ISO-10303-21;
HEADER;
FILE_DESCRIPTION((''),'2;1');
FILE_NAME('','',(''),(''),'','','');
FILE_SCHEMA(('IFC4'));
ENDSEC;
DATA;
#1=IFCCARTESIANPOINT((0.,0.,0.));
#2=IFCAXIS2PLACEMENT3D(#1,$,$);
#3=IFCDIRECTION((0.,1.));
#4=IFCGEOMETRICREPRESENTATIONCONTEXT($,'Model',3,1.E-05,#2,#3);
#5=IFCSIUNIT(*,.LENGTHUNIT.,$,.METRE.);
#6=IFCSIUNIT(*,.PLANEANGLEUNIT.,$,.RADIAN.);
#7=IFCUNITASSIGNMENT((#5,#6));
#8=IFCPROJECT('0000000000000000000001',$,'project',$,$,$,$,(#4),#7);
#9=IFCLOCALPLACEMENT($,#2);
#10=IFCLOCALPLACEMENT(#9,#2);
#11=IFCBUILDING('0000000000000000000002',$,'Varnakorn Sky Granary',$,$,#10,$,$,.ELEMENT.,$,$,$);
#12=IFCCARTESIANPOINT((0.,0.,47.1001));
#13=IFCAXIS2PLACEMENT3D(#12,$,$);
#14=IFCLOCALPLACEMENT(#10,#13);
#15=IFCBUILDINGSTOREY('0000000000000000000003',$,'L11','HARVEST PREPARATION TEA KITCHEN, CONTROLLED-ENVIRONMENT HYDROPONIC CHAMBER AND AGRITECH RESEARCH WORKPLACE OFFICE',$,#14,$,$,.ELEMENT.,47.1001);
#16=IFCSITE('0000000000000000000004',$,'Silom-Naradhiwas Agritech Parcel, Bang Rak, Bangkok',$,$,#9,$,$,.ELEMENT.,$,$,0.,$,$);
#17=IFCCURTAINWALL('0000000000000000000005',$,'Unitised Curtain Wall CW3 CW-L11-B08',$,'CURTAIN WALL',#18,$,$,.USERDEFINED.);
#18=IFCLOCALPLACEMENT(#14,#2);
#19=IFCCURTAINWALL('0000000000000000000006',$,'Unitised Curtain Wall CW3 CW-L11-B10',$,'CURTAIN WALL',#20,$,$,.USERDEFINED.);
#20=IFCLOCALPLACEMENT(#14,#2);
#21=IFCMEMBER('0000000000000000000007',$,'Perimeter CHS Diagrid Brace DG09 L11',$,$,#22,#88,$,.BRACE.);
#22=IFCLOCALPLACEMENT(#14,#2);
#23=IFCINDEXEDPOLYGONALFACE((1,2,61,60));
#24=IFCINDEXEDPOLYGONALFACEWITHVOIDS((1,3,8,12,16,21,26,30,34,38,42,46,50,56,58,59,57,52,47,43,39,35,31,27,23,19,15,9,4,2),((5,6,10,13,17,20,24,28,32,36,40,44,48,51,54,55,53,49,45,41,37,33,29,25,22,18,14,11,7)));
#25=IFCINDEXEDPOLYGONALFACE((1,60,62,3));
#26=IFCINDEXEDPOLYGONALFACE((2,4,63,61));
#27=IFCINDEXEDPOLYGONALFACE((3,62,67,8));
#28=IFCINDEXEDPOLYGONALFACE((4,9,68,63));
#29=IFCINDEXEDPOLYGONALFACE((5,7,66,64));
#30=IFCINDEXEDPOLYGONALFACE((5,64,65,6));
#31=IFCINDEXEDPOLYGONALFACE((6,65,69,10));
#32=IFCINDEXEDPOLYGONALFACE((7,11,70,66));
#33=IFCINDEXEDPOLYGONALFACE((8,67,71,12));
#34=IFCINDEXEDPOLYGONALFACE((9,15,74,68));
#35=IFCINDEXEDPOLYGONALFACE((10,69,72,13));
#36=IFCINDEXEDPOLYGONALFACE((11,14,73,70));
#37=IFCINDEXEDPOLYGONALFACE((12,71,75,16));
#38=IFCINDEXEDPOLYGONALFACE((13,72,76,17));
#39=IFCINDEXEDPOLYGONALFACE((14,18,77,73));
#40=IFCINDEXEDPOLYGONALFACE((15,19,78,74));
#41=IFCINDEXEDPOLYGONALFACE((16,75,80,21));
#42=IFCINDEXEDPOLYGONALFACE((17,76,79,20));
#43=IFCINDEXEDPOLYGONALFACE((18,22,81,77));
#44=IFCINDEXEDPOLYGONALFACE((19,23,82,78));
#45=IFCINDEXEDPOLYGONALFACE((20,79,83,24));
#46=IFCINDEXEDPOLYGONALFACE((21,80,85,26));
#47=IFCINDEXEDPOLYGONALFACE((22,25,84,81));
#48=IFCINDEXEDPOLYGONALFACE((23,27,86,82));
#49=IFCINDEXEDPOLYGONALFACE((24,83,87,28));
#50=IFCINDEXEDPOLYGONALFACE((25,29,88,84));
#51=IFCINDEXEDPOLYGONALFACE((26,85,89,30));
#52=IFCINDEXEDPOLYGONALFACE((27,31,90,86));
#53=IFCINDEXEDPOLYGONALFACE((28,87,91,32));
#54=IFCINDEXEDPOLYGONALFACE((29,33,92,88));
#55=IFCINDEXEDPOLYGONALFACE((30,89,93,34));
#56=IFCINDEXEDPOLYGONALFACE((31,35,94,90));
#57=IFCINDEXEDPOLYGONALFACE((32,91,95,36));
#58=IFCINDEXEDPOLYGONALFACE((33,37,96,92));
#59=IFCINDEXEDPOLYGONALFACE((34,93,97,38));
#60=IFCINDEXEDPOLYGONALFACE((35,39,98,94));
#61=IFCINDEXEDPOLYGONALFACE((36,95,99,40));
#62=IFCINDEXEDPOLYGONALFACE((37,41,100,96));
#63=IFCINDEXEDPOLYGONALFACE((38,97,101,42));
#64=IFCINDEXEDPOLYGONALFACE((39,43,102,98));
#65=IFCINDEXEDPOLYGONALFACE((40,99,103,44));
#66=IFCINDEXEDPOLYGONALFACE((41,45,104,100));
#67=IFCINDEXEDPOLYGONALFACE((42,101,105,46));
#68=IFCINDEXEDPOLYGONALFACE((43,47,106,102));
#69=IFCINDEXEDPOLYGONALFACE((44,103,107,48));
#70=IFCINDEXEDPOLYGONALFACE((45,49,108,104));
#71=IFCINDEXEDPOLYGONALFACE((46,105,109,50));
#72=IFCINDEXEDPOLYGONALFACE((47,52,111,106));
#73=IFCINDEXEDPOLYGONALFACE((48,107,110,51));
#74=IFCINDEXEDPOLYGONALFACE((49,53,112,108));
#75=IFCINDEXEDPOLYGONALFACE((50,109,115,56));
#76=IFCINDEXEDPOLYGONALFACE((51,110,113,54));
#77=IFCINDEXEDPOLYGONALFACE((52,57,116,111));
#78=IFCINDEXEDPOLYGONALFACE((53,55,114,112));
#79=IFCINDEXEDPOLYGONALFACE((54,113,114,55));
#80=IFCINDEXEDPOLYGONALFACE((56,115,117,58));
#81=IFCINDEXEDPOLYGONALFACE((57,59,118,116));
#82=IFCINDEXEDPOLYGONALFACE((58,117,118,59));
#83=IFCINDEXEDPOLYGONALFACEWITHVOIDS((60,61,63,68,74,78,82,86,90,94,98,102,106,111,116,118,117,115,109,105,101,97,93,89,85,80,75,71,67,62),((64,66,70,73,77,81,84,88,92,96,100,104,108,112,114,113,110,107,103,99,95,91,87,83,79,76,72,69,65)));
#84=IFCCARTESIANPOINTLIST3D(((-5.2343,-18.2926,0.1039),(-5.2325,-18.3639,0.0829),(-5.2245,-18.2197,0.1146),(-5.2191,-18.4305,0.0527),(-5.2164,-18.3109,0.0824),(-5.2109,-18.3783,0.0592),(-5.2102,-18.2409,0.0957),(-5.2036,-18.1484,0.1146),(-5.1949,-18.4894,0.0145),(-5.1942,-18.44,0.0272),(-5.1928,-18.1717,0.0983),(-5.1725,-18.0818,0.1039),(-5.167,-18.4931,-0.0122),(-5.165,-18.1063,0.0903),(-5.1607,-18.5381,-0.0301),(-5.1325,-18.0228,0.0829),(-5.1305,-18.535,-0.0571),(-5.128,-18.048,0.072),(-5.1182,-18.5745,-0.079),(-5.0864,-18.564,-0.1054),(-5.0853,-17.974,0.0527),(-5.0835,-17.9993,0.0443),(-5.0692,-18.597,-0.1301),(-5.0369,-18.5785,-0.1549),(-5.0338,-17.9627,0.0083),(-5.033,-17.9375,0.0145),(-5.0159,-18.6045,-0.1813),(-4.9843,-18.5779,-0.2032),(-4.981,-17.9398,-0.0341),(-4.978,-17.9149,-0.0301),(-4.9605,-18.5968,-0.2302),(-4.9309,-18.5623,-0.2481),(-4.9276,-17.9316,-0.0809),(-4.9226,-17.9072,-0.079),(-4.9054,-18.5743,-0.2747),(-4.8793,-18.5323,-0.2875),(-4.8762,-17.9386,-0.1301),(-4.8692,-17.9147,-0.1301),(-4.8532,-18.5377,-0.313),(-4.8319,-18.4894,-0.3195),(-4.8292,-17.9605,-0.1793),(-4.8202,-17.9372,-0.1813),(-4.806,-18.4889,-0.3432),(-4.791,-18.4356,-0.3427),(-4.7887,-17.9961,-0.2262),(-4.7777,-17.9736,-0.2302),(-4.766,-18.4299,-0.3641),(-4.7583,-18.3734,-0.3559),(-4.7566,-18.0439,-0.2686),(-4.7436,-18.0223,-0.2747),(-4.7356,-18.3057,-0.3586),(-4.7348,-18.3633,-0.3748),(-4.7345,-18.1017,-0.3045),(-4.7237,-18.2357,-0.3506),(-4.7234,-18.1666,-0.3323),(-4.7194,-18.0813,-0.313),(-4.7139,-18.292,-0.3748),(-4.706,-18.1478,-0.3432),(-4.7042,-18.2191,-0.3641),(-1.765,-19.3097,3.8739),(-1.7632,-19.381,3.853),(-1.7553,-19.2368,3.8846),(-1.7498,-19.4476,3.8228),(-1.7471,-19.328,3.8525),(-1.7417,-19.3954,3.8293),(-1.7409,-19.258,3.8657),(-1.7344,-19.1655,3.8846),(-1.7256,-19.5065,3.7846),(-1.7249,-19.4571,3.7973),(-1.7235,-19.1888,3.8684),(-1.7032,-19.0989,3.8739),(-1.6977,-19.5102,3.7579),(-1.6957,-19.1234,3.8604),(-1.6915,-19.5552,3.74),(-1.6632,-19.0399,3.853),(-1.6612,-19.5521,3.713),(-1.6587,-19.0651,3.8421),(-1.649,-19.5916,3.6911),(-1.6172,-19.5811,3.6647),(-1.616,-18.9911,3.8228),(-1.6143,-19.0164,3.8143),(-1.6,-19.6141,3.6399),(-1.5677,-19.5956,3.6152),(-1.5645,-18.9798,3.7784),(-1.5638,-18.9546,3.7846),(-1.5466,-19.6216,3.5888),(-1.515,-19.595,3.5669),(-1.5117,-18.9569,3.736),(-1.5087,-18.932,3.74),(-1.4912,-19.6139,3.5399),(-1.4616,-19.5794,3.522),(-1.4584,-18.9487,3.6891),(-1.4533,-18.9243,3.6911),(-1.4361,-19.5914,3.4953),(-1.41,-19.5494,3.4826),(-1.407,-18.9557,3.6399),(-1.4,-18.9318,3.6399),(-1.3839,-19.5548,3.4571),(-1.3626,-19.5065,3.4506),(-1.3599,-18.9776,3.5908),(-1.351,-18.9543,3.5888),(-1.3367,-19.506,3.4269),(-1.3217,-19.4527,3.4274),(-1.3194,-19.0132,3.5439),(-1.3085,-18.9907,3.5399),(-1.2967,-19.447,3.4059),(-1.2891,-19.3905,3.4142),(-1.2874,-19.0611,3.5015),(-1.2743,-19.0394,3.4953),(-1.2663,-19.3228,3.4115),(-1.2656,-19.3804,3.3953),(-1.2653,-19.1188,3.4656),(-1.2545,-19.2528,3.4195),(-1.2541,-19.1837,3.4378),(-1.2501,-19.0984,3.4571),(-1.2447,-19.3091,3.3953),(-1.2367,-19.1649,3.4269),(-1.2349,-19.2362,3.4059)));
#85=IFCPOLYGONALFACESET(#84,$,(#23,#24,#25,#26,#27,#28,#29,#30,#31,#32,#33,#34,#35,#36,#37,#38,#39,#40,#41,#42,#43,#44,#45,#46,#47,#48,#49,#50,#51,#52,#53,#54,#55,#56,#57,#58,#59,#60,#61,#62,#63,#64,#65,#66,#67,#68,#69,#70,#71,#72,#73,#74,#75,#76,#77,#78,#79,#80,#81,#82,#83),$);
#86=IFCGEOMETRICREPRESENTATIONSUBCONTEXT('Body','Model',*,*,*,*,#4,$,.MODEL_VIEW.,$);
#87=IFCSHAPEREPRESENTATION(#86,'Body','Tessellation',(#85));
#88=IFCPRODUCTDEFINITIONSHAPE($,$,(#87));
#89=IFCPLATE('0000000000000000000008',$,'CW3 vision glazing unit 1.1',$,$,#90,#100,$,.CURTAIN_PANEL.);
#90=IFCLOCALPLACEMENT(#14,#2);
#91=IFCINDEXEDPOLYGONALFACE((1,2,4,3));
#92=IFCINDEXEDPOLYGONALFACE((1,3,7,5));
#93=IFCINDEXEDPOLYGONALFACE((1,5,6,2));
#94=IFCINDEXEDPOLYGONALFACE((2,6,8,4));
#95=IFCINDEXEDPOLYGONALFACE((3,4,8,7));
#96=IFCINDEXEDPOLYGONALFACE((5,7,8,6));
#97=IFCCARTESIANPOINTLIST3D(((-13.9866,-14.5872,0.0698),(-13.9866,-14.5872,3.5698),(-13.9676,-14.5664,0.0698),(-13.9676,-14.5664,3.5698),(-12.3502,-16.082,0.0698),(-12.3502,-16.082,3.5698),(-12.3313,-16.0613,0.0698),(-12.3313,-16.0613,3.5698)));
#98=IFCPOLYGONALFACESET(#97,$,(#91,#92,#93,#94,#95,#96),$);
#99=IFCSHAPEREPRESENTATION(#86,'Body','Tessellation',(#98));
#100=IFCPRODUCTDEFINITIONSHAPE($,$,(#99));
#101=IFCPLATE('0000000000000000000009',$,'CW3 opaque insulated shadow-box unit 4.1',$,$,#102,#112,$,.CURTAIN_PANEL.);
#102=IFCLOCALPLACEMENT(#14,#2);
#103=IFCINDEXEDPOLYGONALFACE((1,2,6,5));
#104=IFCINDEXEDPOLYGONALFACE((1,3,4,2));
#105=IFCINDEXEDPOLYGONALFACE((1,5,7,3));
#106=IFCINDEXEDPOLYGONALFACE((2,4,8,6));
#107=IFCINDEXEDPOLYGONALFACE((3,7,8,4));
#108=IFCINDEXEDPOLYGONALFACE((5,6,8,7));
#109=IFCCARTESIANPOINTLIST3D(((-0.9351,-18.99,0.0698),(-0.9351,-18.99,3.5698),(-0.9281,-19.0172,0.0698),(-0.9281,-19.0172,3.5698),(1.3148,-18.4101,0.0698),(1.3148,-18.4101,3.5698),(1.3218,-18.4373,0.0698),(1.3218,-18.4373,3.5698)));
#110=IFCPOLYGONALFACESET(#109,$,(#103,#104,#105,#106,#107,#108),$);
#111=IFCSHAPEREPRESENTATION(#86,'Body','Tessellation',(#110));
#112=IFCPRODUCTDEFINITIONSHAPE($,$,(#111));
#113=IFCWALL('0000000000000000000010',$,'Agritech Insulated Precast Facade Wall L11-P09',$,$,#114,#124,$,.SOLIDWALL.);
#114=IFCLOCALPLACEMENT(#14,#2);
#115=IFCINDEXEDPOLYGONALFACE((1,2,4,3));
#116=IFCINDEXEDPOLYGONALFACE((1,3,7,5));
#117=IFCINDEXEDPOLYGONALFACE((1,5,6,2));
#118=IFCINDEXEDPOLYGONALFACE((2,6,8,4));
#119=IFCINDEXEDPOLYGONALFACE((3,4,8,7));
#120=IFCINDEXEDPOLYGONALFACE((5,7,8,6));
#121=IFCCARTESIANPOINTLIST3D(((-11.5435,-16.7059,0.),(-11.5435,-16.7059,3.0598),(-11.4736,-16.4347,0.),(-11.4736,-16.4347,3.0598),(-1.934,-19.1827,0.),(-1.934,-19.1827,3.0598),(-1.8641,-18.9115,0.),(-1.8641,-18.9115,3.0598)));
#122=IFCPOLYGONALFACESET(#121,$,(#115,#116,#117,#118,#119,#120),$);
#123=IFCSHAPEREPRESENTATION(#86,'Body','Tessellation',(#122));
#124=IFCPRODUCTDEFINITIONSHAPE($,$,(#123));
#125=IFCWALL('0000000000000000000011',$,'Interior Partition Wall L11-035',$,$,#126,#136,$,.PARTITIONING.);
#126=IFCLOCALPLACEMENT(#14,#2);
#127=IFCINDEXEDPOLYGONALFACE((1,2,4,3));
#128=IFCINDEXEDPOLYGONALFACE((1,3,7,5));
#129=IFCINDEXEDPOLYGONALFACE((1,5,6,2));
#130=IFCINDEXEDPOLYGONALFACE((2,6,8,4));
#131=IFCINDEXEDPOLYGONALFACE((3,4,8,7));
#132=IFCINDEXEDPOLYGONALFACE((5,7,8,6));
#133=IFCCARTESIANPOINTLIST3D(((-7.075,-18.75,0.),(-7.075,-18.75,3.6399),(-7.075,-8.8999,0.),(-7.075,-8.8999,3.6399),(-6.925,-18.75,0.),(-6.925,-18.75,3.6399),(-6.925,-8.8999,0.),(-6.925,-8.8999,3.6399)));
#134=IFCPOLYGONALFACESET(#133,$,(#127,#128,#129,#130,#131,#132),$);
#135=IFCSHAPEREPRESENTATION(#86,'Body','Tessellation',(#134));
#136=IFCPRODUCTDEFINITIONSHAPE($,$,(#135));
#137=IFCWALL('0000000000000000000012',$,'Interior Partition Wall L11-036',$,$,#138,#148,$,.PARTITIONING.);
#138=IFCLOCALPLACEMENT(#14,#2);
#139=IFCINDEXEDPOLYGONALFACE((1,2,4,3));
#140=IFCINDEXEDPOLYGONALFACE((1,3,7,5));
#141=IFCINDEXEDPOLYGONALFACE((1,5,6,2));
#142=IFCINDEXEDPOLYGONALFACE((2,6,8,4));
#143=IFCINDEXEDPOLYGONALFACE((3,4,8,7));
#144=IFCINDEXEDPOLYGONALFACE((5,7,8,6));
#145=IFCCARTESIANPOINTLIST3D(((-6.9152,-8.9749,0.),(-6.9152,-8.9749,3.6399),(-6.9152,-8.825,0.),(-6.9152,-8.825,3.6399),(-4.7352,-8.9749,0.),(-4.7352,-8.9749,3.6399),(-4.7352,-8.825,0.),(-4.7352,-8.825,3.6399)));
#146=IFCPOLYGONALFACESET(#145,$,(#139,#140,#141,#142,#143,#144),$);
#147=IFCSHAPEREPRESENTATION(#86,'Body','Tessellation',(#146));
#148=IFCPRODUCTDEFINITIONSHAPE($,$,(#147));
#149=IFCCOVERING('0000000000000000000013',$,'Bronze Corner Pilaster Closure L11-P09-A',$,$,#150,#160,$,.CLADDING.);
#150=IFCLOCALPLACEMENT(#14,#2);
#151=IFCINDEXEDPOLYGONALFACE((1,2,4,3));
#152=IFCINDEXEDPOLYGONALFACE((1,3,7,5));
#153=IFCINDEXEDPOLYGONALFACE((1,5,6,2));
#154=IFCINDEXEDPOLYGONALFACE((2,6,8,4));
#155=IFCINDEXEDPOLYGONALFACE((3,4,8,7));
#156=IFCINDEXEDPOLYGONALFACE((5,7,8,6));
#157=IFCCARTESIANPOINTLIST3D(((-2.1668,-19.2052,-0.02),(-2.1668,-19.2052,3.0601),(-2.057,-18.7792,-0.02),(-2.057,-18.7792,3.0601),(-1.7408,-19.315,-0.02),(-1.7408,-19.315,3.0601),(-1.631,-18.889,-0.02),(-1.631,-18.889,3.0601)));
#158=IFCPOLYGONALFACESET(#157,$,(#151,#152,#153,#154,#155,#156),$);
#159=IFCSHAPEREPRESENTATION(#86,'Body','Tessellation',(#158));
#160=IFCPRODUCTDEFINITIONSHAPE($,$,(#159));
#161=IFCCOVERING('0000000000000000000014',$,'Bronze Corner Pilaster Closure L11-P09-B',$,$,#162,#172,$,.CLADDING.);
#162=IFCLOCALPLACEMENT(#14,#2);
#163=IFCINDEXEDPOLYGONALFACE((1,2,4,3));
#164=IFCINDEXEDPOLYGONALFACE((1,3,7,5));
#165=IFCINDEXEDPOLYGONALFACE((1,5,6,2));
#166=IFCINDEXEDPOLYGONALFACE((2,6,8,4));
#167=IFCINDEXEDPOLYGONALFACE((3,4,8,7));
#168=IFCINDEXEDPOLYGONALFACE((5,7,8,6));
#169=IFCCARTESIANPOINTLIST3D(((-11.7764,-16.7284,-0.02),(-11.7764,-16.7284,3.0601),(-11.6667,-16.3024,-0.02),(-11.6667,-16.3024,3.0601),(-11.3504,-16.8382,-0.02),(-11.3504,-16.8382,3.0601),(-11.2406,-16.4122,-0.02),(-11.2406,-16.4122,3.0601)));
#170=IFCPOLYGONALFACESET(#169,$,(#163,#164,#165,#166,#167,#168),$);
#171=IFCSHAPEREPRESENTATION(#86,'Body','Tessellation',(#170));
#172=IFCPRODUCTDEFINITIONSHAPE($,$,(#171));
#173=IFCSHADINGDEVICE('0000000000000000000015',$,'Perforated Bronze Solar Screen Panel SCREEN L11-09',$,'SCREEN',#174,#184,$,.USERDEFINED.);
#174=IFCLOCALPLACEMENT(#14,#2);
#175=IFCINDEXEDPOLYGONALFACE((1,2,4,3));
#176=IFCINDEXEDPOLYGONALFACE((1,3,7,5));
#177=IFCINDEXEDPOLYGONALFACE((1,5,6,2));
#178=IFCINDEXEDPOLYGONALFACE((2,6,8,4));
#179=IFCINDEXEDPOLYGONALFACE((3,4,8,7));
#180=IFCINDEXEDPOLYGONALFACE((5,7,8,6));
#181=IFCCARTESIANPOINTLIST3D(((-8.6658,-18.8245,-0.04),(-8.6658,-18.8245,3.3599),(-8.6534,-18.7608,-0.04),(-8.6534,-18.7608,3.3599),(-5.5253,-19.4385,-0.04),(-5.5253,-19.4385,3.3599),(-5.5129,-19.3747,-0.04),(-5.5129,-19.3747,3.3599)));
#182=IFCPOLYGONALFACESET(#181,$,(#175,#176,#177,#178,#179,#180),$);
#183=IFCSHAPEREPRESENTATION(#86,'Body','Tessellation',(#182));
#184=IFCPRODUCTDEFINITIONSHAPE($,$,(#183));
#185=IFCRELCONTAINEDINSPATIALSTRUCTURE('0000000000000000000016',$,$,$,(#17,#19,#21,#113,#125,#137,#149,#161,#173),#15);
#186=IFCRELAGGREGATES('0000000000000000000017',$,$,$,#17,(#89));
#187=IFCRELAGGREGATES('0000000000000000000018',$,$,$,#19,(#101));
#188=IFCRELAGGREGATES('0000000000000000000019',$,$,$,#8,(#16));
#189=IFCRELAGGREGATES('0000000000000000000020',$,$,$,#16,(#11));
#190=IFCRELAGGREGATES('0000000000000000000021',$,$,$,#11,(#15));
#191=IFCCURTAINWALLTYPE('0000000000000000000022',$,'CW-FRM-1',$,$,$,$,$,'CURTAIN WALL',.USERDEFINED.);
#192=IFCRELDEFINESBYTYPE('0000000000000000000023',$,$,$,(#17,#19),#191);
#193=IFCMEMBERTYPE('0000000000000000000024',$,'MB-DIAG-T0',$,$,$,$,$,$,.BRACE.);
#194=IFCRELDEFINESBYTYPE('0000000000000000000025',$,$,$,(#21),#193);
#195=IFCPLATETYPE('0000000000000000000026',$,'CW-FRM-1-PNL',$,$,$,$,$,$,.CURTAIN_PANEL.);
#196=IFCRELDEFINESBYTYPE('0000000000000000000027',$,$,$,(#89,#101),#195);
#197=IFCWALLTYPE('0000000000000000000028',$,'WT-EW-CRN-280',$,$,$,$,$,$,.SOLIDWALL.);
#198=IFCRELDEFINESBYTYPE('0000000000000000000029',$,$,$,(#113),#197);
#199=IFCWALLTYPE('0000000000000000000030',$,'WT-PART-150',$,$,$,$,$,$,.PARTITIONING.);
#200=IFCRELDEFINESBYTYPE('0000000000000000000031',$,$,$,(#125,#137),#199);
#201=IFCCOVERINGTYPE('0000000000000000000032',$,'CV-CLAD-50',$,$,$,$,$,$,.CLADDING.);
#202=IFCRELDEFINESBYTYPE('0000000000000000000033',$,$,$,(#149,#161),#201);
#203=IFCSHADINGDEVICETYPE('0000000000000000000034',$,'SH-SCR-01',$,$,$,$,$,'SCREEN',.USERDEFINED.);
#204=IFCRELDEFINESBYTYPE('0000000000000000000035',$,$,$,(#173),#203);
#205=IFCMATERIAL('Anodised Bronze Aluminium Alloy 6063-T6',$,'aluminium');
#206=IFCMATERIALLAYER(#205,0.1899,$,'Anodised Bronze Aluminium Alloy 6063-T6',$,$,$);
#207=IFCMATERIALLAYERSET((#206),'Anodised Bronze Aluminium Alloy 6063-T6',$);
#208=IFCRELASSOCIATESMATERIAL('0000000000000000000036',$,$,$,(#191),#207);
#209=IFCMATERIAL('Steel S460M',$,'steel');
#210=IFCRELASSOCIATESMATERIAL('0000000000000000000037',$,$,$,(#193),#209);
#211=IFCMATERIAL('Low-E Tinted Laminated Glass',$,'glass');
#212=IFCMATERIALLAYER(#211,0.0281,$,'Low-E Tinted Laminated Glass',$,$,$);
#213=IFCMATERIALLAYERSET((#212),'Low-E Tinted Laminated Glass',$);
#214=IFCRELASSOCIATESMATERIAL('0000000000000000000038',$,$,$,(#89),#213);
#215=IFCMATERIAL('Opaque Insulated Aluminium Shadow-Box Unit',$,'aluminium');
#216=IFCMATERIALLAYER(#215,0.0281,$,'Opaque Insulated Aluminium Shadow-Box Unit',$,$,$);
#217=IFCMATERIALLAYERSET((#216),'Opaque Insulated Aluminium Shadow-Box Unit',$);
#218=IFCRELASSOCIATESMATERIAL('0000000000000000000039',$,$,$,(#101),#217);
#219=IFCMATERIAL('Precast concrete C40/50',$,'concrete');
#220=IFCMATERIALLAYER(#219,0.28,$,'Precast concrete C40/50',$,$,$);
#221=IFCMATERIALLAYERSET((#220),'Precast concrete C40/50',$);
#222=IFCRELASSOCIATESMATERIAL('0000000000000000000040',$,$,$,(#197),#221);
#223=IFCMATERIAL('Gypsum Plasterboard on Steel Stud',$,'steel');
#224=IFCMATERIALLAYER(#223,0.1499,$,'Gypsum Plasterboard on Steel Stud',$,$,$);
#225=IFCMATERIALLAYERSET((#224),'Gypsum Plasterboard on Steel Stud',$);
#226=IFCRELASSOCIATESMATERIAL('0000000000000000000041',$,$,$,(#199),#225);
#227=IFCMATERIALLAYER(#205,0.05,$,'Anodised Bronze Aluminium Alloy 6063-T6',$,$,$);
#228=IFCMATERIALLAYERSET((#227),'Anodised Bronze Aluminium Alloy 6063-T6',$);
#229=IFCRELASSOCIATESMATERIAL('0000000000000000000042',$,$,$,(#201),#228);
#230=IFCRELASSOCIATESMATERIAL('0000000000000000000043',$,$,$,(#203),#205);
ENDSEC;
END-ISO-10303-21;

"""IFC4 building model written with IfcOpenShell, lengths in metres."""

from ifc_helpers import new_model, si_unit, direction, frame, frame_2d, origin, origin_2d, place, context, subcontext, project, spatial, rectangle, hollow_circle, extrude, source, transform, mapped, material, layer, layer_set, material_profile, profile_set, type_object, type_shapes, element, aggregate, save


model = new_model("IFC4")

# Units and contexts
model_context = context("Model", 3, precision=1e-05, world=origin(), true_north=direction((0.0, 1.0)))
body_context = subcontext(model_context, "Body", "Model", "MODEL_VIEW")
ifc_project = project(units=[si_unit("LENGTHUNIT", "METRE"), si_unit("PLANEANGLEUNIT", "RADIAN")], contexts=[model_context])

# Site, building, storey
site_placement = place(None, origin())
site = spatial("IfcSite", under=ifc_project, at=site_placement, Name="Silom-Naradhiwas Agritech Parcel, Bang Rak, Bangkok", CompositionType="ELEMENT", RefElevation=0.0)
building_placement = place(site_placement, origin())
building = spatial("IfcBuilding", under=site, at=building_placement, Name="Varnakorn Sky Granary", CompositionType="ELEMENT")
storey_placement = place(building_placement, frame((0.0, 0.0, 47.1001)))
storey = spatial("IfcBuildingStorey", under=building, at=storey_placement, Name="L11", Description="HARVEST PREPARATION TEA KITCHEN, CONTROLLED-ENVIRONMENT HYDROPONIC CHAMBER AND AGRITECH RESEARCH WORKPLACE OFFICE", CompositionType="ELEMENT", Elevation=47.1001)

# Shared definitions
ifc_material_1 = material(Name="Steel S460M", Category="steel")

# Curtain walls
ifc_material_2 = material(Name="Anodised Bronze Aluminium Alloy 6063-T6", Category="aluminium")
ifc_layer_1 = layer(ifc_material_2, 0.1899, Name="Anodised Bronze Aluminium Alloy 6063-T6")
ifc_layer_set_1 = layer_set([ifc_layer_1], Name="Anodised Bronze Aluminium Alloy 6063-T6")
curtain_wall_type = type_object("IfcCurtainWallType", Name="CW-FRM-1", ElementType="CURTAIN WALL", PredefinedType="USERDEFINED", material=ifc_layer_set_1)
curtain_wall_1_placement = place(storey_placement, origin())
curtain_wall_1 = element("IfcCurtainWall", 1, at=curtain_wall_1_placement, inside=storey, type_object=curtain_wall_type, Name="Unitised Curtain Wall CW3 CW-L11-B08", ObjectType="CURTAIN WALL", PredefinedType="USERDEFINED")
curtain_wall_2_placement = place(storey_placement, origin())
curtain_wall_2 = element("IfcCurtainWall", 2, at=curtain_wall_2_placement, inside=storey, type_object=curtain_wall_type, Name="Unitised Curtain Wall CW3 CW-L11-B10", ObjectType="CURTAIN WALL", PredefinedType="USERDEFINED")

# Member
ifc_material_profile_1 = material_profile(ifc_material_1, hollow_circle(Radius=0.3555, WallThickness=0.0249, at=origin_2d()), Name="CHS 711x25")
ifc_profile_set_1 = profile_set([ifc_material_profile_1], Name="Steel S460M")
member_type_1 = type_object("IfcMemberType", Name="MB-DIAG-T0", PredefinedType="BRACE", material=ifc_profile_set_1)
member_1_placement = place(storey_placement, frame((-4.9692, -18.2559, -0.1301), z_axis=(0.664182, -0.194721, 0.721766), x_axis=(0.281333, 0.95961, 0.0)))
element("IfcMember", 3, at=member_1_placement, inside=storey, type_object=member_type_1, Name="Perimeter CHS Diagrid Brace DG09 L11", PredefinedType="BRACE", context=body_context, shape_type="SweptSolid", body=[
    extrude(hollow_circle(Radius=0.3555, WallThickness=0.0249, at=origin_2d()), origin(), (0.0, 0.0, 1.0), 5.2234),
])

# Plates
ifc_material_3 = material(Name="Low-E Tinted Laminated Glass", Category="glass")
ifc_layer_2 = layer(ifc_material_3, 0.0281, Name="Low-E Tinted Laminated Glass")
ifc_layer_set_2 = layer_set([ifc_layer_2], Name="Low-E Tinted Laminated Glass")
plate_type = type_object("IfcPlateType", Name="CW-FRM-1-PNL", PredefinedType="CURTAIN_PANEL")
shared_shape_1 = source(origin(), body_context, "Body", "SweptSolid", [
    extrude(rectangle(XDim=2.2163, YDim=0.0281, at=origin_2d()), origin(), (0.0, 0.0, 1.0), 3.5),
])
plate_1_placement = place(storey_placement, frame((-13.1589, -15.3242, 0.0698), z_axis=(0.0, 0.0, 1.0), x_axis=(-0.738307, 0.674464, 0.0)))
plate_1 = element("IfcPlate", 4, at=plate_1_placement, type_object=plate_type, material=ifc_layer_set_2, Name="CW3 vision glazing unit 1.1", PredefinedType="CURTAIN_PANEL", context=body_context, shape_type="MappedRepresentation", body=[
    mapped(shared_shape_1, transform((0.0, 0.0, 0.0), x_axis=(1.0, 0.0, 0.0), y_axis=(0.0, 1.0, 0.0), z_axis=(0.0, 0.0, 1.0), scale=1.0)),
])
aggregate(curtain_wall_1, [plate_1])
ifc_material_4 = material(Name="Opaque Insulated Aluminium Shadow-Box Unit", Category="aluminium")
ifc_layer_3 = layer(ifc_material_4, 0.0281, Name="Opaque Insulated Aluminium Shadow-Box Unit")
ifc_layer_set_3 = layer_set([ifc_layer_3], Name="Opaque Insulated Aluminium Shadow-Box Unit")
shared_shape_2 = source(origin(), body_context, "Body", "SweptSolid", [
    extrude(rectangle(XDim=2.3235, YDim=0.0281, at=origin_2d()), origin(), (0.0, 0.0, 1.0), 3.5),
])
type_shapes(plate_type, [shared_shape_1, shared_shape_2])
plate_2_placement = place(storey_placement, frame((0.1934, -18.7136, 0.0698), z_axis=(0.0, 0.0, 1.0), x_axis=(-0.96835, -0.249595, 0.0)))
plate_2 = element("IfcPlate", 5, at=plate_2_placement, type_object=plate_type, material=ifc_layer_set_3, Name="CW3 opaque insulated shadow-box unit 4.1", PredefinedType="CURTAIN_PANEL", context=body_context, shape_type="MappedRepresentation", body=[
    mapped(shared_shape_2, transform((0.0, 0.0, 0.0), x_axis=(1.0, 0.0, 0.0), y_axis=(0.0, 1.0, 0.0), z_axis=(0.0, 0.0, 1.0), scale=1.0)),
])
aggregate(curtain_wall_2, [plate_2])

# Walls
ifc_material_5 = material(Name="Precast concrete C40/50", Category="concrete")
ifc_layer_4 = layer(ifc_material_5, 0.28, Name="Precast concrete C40/50")
ifc_layer_set_4 = layer_set([ifc_layer_4], Name="Precast concrete C40/50")
wall_type_1 = type_object("IfcWallType", Name="WT-EW-CRN-280", PredefinedType="SOLIDWALL", material=ifc_layer_set_4)
wall_1_placement = place(storey_placement, frame((-1.8989, -19.0471, 0.0), z_axis=(0.0, 0.0, 1.0), x_axis=(-0.968353, 0.249586, 0.0)))
element("IfcWall", 6, at=wall_1_placement, inside=storey, type_object=wall_type_1, Name="Agritech Insulated Precast Facade Wall L11-P09", PredefinedType="SOLIDWALL", context=body_context, shape_type="SweptSolid", body=[
    extrude(rectangle(XDim=9.9236, YDim=0.28, at=frame_2d((4.9619, 0.0))), origin(), (0.0, 0.0, 1.0), 3.0598),
])
ifc_material_6 = material(Name="Gypsum Plasterboard on Steel Stud", Category="steel")
ifc_layer_5 = layer(ifc_material_6, 0.1499, Name="Gypsum Plasterboard on Steel Stud")
ifc_layer_set_5 = layer_set([ifc_layer_5], Name="Gypsum Plasterboard on Steel Stud")
wall_type_2 = type_object("IfcWallType", Name="WT-PART-150", PredefinedType="PARTITIONING", material=ifc_layer_set_5)
wall_2_placement = place(storey_placement, frame((-7.0, -18.75, 0.0), z_axis=(0.0, 0.0, 1.0), x_axis=(0.0, 1.0, 0.0)))
element("IfcWall", 7, at=wall_2_placement, inside=storey, type_object=wall_type_2, Name="Interior Partition Wall L11-035", PredefinedType="PARTITIONING", context=body_context, shape_type="SweptSolid", body=[
    extrude(rectangle(XDim=9.8501, YDim=0.1499, at=frame_2d((4.925, 0.0))), origin(), (0.0, 0.0, 1.0), 3.6399),
])
wall_3_placement = place(storey_placement, frame((-6.915, -8.8999, 0.0), z_axis=(0.0, 0.0, 1.0), x_axis=(1.0, 0.0, 0.0)))
element("IfcWall", 8, at=wall_3_placement, inside=storey, type_object=wall_type_2, Name="Interior Partition Wall L11-036", PredefinedType="PARTITIONING", context=body_context, shape_type="SweptSolid", body=[
    extrude(rectangle(XDim=2.1799, YDim=0.1499, at=frame_2d((1.0898, 0.0))), origin(), (0.0, 0.0, 1.0), 3.6399),
])

# Coverings
ifc_layer_6 = layer(ifc_material_2, 0.05, Name="Anodised Bronze Aluminium Alloy 6063-T6")
ifc_layer_set_6 = layer_set([ifc_layer_6], Name="Anodised Bronze Aluminium Alloy 6063-T6")
covering_type = type_object("IfcCoveringType", Name="CV-CLAD-50", PredefinedType="CLADDING", material=ifc_layer_set_6)
shared_shape_3 = source(origin(), body_context, "Body", "SweptSolid", [
    extrude(rectangle(XDim=0.4399, YDim=0.4399, at=origin_2d()), origin(), (0.0, 0.0, 1.0), 3.0801),
])
type_shapes(covering_type, [shared_shape_3])
for number, where, z_axis, x_axis, name in (
    (9, (-1.8989, -19.0471, -0.02), (0.0, 0.0, 1.0), (-0.968366, 0.249535, 0.0), "Bronze Corner Pilaster Closure L11-P09-A"),
    (10, (-11.5085, -16.5703, -0.02), (0.0, 0.0, 1.0), (-0.968366, 0.249535, 0.0), "Bronze Corner Pilaster Closure L11-P09-B"),
):
    element("IfcCovering", number, at=place(storey_placement, frame(where, z_axis=z_axis, x_axis=x_axis)), inside=storey, type_object=covering_type, Name=name, PredefinedType="CLADDING", context=body_context, shape_type="MappedRepresentation", body=[
        mapped(shared_shape_3, transform((0.0, 0.0, 0.0), x_axis=(1.0, 0.0, 0.0), y_axis=(0.0, 1.0, 0.0), z_axis=(0.0, 0.0, 1.0), scale=1.0)),
    ])

# Shading device
shading_device_type = type_object("IfcShadingDeviceType", Name="SH-SCR-01", ElementType="SCREEN", PredefinedType="USERDEFINED", material=ifc_material_2)
shared_shape_4 = source(origin(), body_context, "Body", "SweptSolid", [
    extrude(rectangle(XDim=3.2, YDim=0.0649, at=origin_2d()), origin(), (0.0, 0.0, 1.0), 3.3999),
])
type_shapes(shading_device_type, [shared_shape_4])
shading_device_placement = place(storey_placement, frame((-7.0894, -19.0996, -0.04), z_axis=(0.0, 0.0, 1.0), x_axis=(0.981422, -0.191862, 0.0)))
element("IfcShadingDevice", 11, at=shading_device_placement, inside=storey, type_object=shading_device_type, Name="Perforated Bronze Solar Screen Panel SCREEN L11-09", ObjectType="SCREEN", PredefinedType="USERDEFINED", context=body_context, shape_type="MappedRepresentation", body=[
    mapped(shared_shape_4, transform((0.0, 0.0, 0.0), x_axis=(1.0, 0.0, 0.0), y_axis=(0.0, 1.0, 0.0), z_axis=(0.0, 0.0, 1.0), scale=1.0)),
])

save(model, "model.ifc")
